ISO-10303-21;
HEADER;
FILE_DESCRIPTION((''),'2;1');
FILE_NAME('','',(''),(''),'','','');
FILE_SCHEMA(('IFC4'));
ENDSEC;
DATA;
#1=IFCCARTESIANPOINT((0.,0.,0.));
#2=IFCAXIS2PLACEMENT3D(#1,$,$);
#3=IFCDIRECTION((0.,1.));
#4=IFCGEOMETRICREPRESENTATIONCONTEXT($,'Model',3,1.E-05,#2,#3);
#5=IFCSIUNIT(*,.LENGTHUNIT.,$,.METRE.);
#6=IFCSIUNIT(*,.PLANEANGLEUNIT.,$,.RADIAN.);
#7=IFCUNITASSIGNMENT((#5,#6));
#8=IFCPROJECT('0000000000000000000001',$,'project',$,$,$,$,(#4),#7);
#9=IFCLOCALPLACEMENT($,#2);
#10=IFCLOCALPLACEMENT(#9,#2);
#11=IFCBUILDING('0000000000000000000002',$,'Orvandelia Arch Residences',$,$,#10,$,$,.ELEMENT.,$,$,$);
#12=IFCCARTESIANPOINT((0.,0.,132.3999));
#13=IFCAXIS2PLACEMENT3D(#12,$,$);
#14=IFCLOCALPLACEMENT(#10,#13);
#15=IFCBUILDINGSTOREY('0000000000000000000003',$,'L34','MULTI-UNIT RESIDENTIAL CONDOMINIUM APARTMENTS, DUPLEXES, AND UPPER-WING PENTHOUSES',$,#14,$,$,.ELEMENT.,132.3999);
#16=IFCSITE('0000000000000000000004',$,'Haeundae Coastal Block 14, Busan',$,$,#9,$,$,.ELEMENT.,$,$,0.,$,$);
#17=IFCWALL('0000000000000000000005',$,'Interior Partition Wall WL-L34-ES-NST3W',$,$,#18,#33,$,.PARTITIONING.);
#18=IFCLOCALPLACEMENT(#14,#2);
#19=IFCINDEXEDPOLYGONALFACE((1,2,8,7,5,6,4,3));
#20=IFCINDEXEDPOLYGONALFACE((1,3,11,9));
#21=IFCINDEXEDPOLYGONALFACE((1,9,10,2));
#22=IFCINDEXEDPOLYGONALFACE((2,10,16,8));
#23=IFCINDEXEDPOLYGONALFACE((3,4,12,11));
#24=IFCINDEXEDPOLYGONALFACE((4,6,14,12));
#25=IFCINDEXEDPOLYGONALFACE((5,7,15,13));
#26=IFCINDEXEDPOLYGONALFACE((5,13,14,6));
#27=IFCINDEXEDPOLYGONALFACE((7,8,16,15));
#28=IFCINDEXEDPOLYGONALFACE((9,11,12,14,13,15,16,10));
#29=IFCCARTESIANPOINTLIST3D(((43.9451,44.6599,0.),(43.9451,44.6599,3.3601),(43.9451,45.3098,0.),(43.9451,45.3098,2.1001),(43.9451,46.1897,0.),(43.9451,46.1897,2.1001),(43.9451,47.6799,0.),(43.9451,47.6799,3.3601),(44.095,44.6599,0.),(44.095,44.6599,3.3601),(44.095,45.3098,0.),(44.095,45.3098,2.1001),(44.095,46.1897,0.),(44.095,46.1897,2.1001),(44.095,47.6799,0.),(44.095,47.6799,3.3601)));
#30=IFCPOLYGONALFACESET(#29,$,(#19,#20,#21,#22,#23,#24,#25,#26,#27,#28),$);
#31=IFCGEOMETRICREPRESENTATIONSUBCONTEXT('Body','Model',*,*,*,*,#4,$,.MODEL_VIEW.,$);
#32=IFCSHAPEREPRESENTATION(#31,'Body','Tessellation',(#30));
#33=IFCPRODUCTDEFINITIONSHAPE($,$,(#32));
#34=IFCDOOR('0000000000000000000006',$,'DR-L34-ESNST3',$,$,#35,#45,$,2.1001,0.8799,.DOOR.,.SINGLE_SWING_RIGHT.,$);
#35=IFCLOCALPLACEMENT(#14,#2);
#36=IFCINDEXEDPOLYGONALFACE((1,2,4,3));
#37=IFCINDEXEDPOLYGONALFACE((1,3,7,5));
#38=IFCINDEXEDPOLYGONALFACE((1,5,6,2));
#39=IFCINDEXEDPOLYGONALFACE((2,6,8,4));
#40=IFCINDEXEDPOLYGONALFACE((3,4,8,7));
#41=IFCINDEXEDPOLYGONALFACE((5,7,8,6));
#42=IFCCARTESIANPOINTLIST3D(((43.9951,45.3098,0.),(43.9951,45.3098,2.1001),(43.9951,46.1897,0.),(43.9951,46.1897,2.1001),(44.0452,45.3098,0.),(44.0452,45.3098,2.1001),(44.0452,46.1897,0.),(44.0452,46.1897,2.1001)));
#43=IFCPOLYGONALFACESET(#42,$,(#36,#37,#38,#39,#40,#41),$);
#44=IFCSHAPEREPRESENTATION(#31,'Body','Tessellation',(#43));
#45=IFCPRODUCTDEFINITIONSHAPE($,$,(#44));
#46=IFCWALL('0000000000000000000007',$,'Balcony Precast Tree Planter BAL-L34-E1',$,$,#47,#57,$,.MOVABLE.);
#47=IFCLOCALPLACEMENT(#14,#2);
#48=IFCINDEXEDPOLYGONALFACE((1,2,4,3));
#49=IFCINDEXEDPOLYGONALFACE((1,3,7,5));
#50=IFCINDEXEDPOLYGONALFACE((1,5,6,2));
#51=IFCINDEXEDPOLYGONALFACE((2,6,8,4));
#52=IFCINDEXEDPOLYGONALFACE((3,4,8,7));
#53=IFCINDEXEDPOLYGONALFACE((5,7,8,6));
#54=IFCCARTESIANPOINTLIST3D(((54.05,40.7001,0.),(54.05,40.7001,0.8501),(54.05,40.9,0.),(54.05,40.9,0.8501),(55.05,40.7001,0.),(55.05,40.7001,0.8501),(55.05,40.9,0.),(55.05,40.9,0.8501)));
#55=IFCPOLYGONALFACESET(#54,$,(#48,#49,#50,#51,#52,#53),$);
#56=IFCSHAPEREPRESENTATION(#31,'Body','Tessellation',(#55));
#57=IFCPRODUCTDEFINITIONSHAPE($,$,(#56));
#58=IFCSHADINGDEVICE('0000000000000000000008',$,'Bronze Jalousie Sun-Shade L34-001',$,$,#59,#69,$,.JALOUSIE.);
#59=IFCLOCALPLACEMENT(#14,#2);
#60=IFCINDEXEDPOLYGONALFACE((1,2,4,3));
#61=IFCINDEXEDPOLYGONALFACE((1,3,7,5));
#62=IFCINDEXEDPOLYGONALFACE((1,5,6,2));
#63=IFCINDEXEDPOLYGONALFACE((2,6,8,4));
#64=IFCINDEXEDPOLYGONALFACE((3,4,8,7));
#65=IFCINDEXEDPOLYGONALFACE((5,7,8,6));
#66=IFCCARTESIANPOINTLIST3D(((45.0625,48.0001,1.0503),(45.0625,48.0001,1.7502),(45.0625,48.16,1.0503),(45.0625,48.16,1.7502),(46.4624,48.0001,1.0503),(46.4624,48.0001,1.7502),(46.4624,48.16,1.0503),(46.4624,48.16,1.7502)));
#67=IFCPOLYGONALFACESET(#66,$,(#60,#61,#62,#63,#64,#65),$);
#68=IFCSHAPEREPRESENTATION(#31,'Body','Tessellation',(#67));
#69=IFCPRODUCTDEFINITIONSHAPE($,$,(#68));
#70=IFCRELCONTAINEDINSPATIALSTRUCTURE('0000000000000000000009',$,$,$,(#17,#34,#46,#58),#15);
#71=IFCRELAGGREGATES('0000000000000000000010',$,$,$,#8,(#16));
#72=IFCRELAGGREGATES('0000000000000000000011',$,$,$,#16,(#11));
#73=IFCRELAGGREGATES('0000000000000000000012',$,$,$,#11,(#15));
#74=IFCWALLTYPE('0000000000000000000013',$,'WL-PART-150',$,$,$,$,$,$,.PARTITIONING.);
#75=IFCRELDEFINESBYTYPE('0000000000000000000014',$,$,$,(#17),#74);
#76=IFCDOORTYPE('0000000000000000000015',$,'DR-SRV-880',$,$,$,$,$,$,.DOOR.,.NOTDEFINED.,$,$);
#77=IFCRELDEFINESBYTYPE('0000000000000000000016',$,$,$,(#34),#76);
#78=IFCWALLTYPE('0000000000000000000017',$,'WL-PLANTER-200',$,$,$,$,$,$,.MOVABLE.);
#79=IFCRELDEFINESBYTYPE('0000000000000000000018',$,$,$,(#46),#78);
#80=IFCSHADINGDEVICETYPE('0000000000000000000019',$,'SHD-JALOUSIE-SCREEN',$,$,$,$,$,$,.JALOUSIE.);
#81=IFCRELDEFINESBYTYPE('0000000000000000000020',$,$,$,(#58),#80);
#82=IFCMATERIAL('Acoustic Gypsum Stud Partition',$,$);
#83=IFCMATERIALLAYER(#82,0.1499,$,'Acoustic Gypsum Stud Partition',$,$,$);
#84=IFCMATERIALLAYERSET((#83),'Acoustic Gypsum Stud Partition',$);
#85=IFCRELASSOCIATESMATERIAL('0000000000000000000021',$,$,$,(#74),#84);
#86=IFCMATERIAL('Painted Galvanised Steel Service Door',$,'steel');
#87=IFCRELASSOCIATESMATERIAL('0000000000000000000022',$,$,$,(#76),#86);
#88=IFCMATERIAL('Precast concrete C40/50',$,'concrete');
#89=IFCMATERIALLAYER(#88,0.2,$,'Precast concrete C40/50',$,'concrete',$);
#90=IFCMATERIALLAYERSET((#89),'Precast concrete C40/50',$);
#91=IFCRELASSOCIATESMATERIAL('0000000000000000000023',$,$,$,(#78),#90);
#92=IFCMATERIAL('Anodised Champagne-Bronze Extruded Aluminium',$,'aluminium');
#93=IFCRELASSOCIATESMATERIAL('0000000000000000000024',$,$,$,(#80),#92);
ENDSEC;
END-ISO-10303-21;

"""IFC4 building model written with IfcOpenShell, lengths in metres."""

from ifc_helpers import new_model, si_unit, direction, frame, frame_2d, origin, origin_2d, place, context, subcontext, project, spatial, rectangle, extrude, material, layer, layer_set, type_object, element, fill, save


model = new_model("IFC4")

# Units and contexts
model_context = context("Model", 3, precision=1e-05, world=origin(), true_north=direction((0.0, 1.0)))
body_context = subcontext(model_context, "Body", "Model", "MODEL_VIEW")
ifc_project = project(units=[si_unit("LENGTHUNIT", "METRE"), si_unit("PLANEANGLEUNIT", "RADIAN")], contexts=[model_context])

# Site, building, storey
site_placement = place(None, origin())
site = spatial("IfcSite", under=ifc_project, at=site_placement, Name="Haeundae Coastal Block 14, Busan", CompositionType="ELEMENT", RefElevation=0.0)
building_placement = place(site_placement, origin())
building = spatial("IfcBuilding", under=site, at=building_placement, Name="Orvandelia Arch Residences", CompositionType="ELEMENT")
storey_placement = place(building_placement, frame((0.0, 0.0, 132.3999)))
storey = spatial("IfcBuildingStorey", under=building, at=storey_placement, Name="L34", Description="MULTI-UNIT RESIDENTIAL CONDOMINIUM APARTMENTS, DUPLEXES, AND UPPER-WING PENTHOUSES", CompositionType="ELEMENT", Elevation=132.3999)

# Shared definitions
ifc_material_1 = material(Name="Precast concrete C40/50", Category="concrete")

# Wall, opening, door
ifc_material_2 = material(Name="Acoustic Gypsum Stud Partition")
ifc_layer_1 = layer(ifc_material_2, 0.1499, Name="Acoustic Gypsum Stud Partition")
ifc_layer_set_1 = layer_set([ifc_layer_1], Name="Acoustic Gypsum Stud Partition")
wall_type_1 = type_object("IfcWallType", Name="WL-PART-150", PredefinedType="PARTITIONING", material=ifc_layer_set_1)
wall_1_placement = place(storey_placement, frame((44.02, 44.6599, 0.0), z_axis=(0.0, 0.0, 1.0), x_axis=(0.0, 1.0, 0.0)))
wall_1 = element("IfcWall", 1, at=wall_1_placement, inside=storey, type_object=wall_type_1, Name="Interior Partition Wall WL-L34-ES-NST3W", PredefinedType="PARTITIONING", context=body_context, shape_type="SweptSolid", body=[
    extrude(rectangle(XDim=3.02, YDim=0.1499, at=frame_2d((1.51, 0.0))), origin(), (0.0, 0.0, 1.0), 3.3601),
])
opening_1_placement = place(wall_1_placement, frame((0.6499, 0.0, 0.0)))
opening_1 = element("IfcOpeningElement", 2, at=opening_1_placement, cuts=wall_1, PredefinedType="OPENING", context=body_context, shape_type="SweptSolid", body=[
    extrude(rectangle(XDim=0.8799, YDim=2.1001, at=frame_2d((0.4399, 1.05))), frame((0.0, 0.085, 0.0), z_axis=(0.0, -1.0, 0.0), x_axis=(1.0, 0.0, 0.0)), (0.0, 0.0, 1.0), 0.1699),
])
ifc_material_3 = material(Name="Painted Galvanised Steel Service Door", Category="steel")
door_type_1 = type_object("IfcDoorType", Name="DR-SRV-880", OperationType="NOTDEFINED", PredefinedType="DOOR", material=ifc_material_3)
door_1_placement = place(opening_1_placement, origin())
door_1 = element("IfcDoor", 3, at=door_1_placement, inside=storey, type_object=door_type_1, Name="DR-L34-ESNST3", OperationType="SINGLE_SWING_RIGHT", OverallHeight=2.1001, OverallWidth=0.8799, PredefinedType="DOOR", context=body_context, shape_type="SweptSolid", body=[
    extrude(rectangle(XDim=0.8799, YDim=2.1001, at=frame_2d((0.4399, 1.05))), frame((0.0, 0.0249, 0.0), z_axis=(0.0, -1.0, 0.0), x_axis=(1.0, 0.0, 0.0)), (0.0, 0.0, 1.0), 0.05),
])
fill(opening_1, door_1)

# Wall
ifc_layer_2 = layer(ifc_material_1, 0.2, Name="Precast concrete C40/50", Category="concrete")
ifc_layer_set_2 = layer_set([ifc_layer_2], Name="Precast concrete C40/50")
wall_type_2 = type_object("IfcWallType", Name="WL-PLANTER-200", PredefinedType="MOVABLE", material=ifc_layer_set_2)
wall_2_placement = place(storey_placement, frame((54.05, 40.8, 0.0), z_axis=(0.0, 0.0, 1.0), x_axis=(1.0, 0.0, 0.0)))
element("IfcWall", 4, at=wall_2_placement, inside=storey, type_object=wall_type_2, Name="Balcony Precast Tree Planter BAL-L34-E1", PredefinedType="MOVABLE", context=body_context, shape_type="SweptSolid", body=[
    extrude(rectangle(XDim=1.0, YDim=0.2, at=frame_2d((0.5, 0.0))), origin(), (0.0, 0.0, 1.0), 0.8501),
])

# Shading device
ifc_material_4 = material(Name="Anodised Champagne-Bronze Extruded Aluminium", Category="aluminium")
shading_device_type = type_object("IfcShadingDeviceType", Name="SHD-JALOUSIE-SCREEN", PredefinedType="JALOUSIE", material=ifc_material_4)
shading_device_placement = place(storey_placement, frame((45.7625, 48.0801, 1.0503), z_axis=(0.0, 0.0, 1.0), x_axis=(1.0, 0.0, 0.0)))
element("IfcShadingDevice", 5, at=shading_device_placement, inside=storey, type_object=shading_device_type, Name="Bronze Jalousie Sun-Shade L34-001", PredefinedType="JALOUSIE", context=body_context, shape_type="SweptSolid", body=[
    extrude(rectangle(XDim=1.3999, YDim=0.1599, at=origin_2d()), origin(), (0.0, 0.0, 1.0), 0.7),
])

save(model, "model.ifc")
